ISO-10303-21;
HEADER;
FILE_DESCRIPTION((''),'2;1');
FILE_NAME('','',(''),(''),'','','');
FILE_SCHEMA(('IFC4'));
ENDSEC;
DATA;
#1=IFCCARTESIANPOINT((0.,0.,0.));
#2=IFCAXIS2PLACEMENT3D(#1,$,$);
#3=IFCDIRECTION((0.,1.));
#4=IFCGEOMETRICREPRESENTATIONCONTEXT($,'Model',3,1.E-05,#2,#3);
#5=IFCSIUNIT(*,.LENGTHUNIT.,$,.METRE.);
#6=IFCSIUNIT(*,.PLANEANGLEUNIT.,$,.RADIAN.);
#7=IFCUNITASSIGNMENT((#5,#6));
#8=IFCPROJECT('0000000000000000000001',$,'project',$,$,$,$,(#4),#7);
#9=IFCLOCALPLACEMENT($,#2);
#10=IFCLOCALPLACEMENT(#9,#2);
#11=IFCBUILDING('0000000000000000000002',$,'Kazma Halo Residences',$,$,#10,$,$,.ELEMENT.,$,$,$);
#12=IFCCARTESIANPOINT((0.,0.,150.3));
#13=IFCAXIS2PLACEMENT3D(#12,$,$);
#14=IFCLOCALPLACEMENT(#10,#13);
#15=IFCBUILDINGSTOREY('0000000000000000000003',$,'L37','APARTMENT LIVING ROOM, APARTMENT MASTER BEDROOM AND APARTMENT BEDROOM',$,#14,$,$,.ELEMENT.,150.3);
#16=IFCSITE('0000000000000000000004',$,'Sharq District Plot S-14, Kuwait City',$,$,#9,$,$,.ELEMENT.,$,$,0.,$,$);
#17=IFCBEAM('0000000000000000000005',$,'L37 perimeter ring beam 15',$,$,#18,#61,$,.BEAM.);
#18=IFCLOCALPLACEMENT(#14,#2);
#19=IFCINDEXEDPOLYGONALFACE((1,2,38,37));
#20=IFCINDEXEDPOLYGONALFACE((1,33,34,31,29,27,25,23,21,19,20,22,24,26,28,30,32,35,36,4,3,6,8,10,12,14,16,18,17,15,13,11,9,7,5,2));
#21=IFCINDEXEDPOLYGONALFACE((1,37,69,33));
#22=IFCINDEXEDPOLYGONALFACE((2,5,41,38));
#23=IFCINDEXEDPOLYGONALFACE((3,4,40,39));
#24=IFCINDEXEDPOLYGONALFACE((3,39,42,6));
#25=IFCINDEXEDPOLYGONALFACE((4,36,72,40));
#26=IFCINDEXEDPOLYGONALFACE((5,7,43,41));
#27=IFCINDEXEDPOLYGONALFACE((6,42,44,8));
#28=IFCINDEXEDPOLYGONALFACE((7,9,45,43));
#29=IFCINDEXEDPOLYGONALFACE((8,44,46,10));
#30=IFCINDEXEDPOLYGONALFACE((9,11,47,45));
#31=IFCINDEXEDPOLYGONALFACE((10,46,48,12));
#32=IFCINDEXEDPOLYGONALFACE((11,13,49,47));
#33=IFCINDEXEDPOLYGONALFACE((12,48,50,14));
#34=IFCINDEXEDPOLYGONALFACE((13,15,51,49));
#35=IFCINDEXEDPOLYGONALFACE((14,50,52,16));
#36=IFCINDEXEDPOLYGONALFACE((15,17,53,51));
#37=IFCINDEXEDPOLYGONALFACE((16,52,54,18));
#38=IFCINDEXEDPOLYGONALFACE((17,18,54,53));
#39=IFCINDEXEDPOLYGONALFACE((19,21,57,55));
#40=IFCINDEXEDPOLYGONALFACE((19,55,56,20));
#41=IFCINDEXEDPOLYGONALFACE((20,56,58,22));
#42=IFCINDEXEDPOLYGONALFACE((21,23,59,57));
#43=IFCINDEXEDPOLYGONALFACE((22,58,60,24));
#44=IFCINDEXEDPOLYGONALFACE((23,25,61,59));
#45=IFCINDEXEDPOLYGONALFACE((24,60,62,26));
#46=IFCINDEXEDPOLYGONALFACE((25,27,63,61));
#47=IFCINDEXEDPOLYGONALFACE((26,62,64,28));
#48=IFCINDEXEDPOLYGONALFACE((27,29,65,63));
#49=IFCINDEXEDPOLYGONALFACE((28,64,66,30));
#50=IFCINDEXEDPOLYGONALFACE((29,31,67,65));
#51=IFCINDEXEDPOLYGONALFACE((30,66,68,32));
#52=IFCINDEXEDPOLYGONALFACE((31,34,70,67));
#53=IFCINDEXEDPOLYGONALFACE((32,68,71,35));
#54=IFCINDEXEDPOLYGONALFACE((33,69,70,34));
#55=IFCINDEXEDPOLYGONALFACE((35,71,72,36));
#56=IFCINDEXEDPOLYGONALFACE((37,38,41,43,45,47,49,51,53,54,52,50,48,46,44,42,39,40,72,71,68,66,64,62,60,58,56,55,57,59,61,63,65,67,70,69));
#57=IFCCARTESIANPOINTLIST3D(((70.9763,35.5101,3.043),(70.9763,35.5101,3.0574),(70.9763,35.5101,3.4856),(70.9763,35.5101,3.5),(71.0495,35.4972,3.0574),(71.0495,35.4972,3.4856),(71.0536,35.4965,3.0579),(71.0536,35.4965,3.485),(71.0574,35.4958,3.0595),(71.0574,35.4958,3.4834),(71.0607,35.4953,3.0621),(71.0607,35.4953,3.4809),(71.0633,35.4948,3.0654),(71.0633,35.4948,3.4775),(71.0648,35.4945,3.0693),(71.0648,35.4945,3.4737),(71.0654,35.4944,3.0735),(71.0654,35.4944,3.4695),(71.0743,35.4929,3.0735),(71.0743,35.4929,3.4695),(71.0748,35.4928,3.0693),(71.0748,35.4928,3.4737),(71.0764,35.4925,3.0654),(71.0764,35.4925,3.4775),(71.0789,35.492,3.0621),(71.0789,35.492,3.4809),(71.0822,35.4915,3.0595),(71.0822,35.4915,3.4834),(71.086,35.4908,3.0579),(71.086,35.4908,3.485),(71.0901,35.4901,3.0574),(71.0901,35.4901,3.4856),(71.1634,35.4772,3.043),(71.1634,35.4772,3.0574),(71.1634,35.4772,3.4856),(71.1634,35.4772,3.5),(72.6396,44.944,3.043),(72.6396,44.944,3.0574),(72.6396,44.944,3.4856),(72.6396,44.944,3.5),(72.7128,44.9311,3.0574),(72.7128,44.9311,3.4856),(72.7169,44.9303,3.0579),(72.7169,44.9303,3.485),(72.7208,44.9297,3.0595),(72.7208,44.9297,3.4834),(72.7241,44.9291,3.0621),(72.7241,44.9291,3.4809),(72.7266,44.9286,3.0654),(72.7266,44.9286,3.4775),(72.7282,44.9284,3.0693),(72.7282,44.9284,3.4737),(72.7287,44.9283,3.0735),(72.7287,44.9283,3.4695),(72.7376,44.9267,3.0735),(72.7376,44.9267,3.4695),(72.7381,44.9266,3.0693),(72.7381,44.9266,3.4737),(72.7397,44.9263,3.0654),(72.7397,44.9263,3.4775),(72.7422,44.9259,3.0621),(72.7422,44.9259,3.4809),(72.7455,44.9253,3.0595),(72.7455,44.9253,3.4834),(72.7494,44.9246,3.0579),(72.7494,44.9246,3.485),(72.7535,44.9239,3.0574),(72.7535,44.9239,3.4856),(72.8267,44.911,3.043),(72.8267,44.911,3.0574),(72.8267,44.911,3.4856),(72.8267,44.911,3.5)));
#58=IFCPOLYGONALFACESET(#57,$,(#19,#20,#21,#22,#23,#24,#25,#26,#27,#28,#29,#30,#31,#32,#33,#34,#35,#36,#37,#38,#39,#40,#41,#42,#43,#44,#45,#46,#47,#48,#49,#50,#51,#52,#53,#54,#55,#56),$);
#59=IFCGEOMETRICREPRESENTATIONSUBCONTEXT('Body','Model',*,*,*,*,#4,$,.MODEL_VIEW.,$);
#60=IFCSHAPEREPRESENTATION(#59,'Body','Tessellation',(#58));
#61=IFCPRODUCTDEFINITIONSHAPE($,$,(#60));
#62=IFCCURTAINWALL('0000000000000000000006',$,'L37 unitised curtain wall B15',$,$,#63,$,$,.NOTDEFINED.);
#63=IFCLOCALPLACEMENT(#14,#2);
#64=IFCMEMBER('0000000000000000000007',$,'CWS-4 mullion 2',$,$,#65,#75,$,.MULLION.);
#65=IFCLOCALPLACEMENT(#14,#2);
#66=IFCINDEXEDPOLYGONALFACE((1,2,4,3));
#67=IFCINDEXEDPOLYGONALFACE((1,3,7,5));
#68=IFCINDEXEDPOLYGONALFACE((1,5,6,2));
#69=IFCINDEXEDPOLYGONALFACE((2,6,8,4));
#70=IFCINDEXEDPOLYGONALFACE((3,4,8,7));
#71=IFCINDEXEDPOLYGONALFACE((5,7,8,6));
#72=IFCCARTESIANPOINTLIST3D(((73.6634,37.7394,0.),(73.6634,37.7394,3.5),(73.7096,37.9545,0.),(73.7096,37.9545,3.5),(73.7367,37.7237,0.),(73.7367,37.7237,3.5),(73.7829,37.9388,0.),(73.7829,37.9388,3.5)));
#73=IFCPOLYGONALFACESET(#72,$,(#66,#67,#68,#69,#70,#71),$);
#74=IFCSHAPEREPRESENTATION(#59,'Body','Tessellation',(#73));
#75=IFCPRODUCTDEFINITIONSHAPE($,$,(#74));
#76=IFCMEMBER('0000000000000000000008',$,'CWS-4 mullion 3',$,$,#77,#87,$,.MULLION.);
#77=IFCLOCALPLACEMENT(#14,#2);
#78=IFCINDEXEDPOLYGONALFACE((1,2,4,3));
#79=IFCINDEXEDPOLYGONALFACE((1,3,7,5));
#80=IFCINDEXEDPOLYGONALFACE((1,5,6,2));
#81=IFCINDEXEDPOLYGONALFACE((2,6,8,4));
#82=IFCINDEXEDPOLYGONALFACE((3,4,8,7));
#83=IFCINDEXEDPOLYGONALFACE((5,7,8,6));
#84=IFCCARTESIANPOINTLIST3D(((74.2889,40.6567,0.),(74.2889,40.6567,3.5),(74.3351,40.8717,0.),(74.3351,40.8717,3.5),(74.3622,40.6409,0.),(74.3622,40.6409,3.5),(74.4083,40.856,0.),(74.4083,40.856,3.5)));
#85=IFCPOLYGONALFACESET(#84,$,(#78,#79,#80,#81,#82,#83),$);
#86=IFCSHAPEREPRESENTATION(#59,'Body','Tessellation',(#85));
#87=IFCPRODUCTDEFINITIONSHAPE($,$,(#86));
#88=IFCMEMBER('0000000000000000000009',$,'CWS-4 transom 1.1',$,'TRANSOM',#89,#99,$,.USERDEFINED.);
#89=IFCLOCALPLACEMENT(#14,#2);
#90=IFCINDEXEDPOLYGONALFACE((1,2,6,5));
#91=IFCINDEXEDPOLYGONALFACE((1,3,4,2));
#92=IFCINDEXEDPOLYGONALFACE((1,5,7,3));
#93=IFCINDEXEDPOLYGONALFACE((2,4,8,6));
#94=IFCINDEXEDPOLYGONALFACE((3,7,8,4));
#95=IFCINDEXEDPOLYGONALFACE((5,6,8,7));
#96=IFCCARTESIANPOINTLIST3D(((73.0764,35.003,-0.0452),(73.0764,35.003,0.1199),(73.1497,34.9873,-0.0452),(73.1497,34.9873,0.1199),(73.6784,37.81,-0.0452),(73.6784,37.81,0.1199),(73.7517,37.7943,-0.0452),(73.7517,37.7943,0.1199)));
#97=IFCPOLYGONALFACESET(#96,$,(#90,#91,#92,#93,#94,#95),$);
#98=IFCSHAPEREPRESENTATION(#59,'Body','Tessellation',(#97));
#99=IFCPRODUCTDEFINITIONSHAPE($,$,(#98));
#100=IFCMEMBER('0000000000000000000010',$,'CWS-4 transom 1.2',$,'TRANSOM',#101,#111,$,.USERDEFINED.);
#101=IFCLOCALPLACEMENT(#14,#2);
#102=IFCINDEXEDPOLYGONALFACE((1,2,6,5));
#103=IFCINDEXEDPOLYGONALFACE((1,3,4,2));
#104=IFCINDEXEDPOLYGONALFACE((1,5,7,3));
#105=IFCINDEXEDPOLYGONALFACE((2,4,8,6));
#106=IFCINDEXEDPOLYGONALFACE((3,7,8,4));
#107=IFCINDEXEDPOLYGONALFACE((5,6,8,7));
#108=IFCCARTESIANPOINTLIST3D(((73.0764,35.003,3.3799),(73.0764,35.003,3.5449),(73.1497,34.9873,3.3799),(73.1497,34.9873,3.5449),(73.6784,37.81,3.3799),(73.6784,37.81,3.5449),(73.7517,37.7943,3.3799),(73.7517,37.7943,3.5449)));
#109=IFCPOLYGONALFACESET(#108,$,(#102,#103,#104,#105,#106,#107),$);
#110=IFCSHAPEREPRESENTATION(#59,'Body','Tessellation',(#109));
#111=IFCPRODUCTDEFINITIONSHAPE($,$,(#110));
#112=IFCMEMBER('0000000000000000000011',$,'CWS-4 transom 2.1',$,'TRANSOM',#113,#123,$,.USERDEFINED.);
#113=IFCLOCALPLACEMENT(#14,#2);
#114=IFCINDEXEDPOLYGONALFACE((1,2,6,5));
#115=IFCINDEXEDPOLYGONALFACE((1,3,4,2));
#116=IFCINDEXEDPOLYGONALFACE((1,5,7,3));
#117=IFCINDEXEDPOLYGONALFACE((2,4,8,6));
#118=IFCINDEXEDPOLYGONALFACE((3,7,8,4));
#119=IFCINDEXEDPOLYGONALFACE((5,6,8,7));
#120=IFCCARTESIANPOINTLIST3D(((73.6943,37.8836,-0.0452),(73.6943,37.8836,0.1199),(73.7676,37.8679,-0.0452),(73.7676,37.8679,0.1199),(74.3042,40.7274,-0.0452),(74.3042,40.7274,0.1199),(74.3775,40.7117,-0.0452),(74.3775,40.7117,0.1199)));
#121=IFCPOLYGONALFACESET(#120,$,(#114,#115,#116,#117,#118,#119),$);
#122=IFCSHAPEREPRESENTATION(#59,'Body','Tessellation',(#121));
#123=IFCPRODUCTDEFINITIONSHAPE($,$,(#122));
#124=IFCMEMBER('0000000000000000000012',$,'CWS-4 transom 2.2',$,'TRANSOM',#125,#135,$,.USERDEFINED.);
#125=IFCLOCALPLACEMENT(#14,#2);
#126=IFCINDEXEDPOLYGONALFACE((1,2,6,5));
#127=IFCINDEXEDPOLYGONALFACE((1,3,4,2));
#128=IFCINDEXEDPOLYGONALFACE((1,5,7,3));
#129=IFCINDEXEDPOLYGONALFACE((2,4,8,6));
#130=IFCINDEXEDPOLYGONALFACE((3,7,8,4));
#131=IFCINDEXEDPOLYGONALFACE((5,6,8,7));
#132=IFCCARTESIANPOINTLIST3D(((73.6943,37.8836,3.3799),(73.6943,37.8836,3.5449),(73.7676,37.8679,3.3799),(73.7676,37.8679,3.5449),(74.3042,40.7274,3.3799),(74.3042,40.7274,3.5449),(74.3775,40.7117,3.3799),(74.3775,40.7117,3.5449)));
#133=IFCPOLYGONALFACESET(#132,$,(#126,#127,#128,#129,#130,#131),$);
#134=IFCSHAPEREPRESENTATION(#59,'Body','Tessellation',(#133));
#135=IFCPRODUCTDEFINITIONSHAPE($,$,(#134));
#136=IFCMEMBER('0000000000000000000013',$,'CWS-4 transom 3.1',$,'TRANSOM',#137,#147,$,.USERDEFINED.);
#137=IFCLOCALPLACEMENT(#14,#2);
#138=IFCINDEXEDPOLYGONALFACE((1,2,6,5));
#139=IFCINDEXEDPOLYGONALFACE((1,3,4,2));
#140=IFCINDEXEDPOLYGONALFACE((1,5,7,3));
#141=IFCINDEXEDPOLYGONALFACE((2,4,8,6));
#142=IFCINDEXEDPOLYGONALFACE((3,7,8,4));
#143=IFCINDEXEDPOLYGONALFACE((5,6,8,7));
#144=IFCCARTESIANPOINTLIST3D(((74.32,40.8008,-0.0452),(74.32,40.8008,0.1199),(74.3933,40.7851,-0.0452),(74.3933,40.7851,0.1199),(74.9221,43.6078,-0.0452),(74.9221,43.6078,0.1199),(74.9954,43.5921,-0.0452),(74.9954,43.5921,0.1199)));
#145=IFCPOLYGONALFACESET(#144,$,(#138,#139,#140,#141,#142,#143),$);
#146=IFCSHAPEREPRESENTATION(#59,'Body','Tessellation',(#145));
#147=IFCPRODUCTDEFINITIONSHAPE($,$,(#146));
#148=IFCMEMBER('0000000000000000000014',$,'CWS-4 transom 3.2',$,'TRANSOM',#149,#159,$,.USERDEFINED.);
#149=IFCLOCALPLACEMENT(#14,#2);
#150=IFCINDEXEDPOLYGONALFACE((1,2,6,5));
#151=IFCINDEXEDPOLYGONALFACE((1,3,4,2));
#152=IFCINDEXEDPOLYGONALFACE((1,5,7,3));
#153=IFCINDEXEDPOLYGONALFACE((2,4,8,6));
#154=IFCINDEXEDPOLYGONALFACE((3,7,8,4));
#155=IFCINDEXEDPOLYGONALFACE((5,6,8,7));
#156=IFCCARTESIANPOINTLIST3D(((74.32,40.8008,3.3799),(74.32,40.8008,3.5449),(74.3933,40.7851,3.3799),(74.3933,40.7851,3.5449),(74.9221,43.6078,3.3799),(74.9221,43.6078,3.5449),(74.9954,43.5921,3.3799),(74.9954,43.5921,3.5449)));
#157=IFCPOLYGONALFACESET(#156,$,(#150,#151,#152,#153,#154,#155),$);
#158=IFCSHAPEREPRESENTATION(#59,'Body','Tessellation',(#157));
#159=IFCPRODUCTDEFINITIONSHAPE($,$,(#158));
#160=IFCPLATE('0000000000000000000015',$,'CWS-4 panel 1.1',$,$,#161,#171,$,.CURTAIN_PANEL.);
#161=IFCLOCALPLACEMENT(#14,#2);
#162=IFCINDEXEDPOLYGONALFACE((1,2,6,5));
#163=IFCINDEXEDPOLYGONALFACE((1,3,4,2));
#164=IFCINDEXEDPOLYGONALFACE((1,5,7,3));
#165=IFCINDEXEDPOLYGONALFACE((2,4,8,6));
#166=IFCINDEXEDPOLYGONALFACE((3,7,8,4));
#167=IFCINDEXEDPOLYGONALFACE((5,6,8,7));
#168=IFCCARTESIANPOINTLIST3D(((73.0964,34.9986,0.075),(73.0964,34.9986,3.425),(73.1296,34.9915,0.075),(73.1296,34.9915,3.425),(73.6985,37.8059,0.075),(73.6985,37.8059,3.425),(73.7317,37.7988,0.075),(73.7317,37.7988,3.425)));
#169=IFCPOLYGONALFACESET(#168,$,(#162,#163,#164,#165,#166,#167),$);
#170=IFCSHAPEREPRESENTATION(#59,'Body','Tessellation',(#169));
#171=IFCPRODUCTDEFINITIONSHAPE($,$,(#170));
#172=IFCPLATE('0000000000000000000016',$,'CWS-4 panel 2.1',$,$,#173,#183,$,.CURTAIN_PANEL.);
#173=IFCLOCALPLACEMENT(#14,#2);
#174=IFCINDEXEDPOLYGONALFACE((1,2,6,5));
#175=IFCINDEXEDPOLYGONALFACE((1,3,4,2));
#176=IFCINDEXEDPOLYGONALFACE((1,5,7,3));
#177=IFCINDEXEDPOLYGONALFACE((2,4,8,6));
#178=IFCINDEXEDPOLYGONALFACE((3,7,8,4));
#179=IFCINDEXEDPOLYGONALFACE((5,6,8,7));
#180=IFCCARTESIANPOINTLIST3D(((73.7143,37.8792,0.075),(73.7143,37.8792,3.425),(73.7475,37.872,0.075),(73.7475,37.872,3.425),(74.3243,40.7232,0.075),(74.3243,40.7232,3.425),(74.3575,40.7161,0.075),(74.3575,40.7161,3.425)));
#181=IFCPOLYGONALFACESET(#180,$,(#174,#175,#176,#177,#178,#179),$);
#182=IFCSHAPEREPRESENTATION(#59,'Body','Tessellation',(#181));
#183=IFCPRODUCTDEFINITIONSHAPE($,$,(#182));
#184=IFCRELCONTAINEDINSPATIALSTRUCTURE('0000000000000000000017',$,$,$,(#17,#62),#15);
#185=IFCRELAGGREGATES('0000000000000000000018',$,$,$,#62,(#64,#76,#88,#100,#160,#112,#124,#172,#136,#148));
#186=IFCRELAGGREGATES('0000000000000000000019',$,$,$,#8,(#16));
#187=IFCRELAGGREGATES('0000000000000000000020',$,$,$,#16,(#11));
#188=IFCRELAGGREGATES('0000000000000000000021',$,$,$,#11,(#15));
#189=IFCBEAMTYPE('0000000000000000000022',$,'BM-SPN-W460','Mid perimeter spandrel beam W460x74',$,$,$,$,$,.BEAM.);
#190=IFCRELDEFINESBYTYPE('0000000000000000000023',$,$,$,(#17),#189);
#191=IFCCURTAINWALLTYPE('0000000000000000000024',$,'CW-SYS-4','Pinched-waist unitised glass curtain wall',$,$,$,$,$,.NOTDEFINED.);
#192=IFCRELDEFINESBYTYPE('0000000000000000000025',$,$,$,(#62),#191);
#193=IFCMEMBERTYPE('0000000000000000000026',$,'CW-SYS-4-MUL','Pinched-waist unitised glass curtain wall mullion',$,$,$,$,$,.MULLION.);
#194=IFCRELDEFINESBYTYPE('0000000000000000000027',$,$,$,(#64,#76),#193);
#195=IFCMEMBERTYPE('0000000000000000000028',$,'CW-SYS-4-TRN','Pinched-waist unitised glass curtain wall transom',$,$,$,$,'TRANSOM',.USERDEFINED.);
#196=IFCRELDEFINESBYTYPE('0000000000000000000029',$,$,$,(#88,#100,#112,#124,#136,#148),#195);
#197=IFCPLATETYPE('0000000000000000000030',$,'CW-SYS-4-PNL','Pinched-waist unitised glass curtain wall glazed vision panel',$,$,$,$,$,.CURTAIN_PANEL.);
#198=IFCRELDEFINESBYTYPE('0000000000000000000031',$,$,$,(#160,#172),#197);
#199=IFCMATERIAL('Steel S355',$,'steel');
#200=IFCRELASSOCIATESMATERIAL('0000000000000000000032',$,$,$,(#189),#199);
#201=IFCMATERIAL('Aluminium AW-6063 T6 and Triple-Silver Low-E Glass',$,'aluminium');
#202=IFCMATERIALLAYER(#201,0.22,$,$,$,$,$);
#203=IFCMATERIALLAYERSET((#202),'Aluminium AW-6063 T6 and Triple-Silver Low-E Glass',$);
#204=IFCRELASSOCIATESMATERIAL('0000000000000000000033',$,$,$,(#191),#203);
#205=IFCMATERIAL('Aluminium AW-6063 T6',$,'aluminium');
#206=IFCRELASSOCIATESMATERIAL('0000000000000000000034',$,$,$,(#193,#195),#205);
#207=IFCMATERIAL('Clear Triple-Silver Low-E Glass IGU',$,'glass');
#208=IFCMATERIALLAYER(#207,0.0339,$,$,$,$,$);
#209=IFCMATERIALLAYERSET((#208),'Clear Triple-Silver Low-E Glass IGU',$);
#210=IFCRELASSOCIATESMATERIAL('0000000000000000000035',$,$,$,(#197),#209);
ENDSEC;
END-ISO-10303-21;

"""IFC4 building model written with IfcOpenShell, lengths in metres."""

from ifc_helpers import new_model, si_unit, direction, frame, origin, origin_2d, place, context, subcontext, project, spatial, rectangle, i_section, extrude, material, layer, layer_set, material_profile, profile_set, type_object, element, aggregate, save


model = new_model("IFC4")

# Units and contexts
model_context = context("Model", 3, precision=1e-05, world=origin(), true_north=direction((0.0, 1.0)))
body_context = subcontext(model_context, "Body", "Model", "MODEL_VIEW")
ifc_project = project(units=[si_unit("LENGTHUNIT", "METRE"), si_unit("PLANEANGLEUNIT", "RADIAN")], contexts=[model_context])

# Site, building, storey
site_placement = place(None, origin())
site = spatial("IfcSite", under=ifc_project, at=site_placement, Name="Sharq District Plot S-14, Kuwait City", CompositionType="ELEMENT", RefElevation=0.0)
building_placement = place(site_placement, origin())
building = spatial("IfcBuilding", under=site, at=building_placement, Name="Kazma Halo Residences", CompositionType="ELEMENT")
storey_placement = place(building_placement, frame((0.0, 0.0, 150.3)))
storey = spatial("IfcBuildingStorey", under=building, at=storey_placement, Name="L37", Description="APARTMENT LIVING ROOM, APARTMENT MASTER BEDROOM AND APARTMENT BEDROOM", CompositionType="ELEMENT", Elevation=150.3)

# Beam
ifc_material_1 = material(Name="Steel S355", Category="steel")
ifc_material_profile_1 = material_profile(ifc_material_1, i_section(OverallWidth=0.1899, OverallDepth=0.457, WebThickness=0.009, FlangeThickness=0.0144, FilletRadius=0.0161, at=origin_2d()), Name="W460x74")
ifc_profile_set_1 = profile_set([ifc_material_profile_1], Name="Steel S355")
beam_type_1 = type_object("IfcBeamType", Name="BM-SPN-W460", Description="Mid perimeter spandrel beam W460x74", PredefinedType="BEAM", material=ifc_profile_set_1)
beam_1_placement = place(storey_placement, frame((71.0698, 35.4937, 3.2715), z_axis=(0.173637, 0.98481, 0.0), x_axis=(-0.98481, 0.173637, 0.0)))
element("IfcBeam", 1, at=beam_1_placement, inside=storey, type_object=beam_type_1, Name="L37 perimeter ring beam 15", PredefinedType="BEAM", context=body_context, shape_type="SweptSolid", body=[
    extrude(i_section(OverallWidth=0.1899, OverallDepth=0.457, WebThickness=0.009, FlangeThickness=0.0144, FilletRadius=0.0161, at=origin_2d()), origin(), (0.0, 0.0, 1.0), 9.5793),
])

# Curtain wall, members, plates
ifc_material_2 = material(Name="Aluminium AW-6063 T6 and Triple-Silver Low-E Glass", Category="aluminium")
ifc_layer_1 = layer(ifc_material_2, 0.22)
ifc_layer_set_1 = layer_set([ifc_layer_1], Name="Aluminium AW-6063 T6 and Triple-Silver Low-E Glass")
curtain_wall_type = type_object("IfcCurtainWallType", Name="CW-SYS-4", Description="Pinched-waist unitised glass curtain wall", PredefinedType="NOTDEFINED", material=ifc_layer_set_1)
curtain_wall_placement = place(storey_placement, origin())
curtain_wall = element("IfcCurtainWall", 2, at=curtain_wall_placement, inside=storey, type_object=curtain_wall_type, Name="L37 unitised curtain wall B15", PredefinedType="NOTDEFINED")
ifc_material_3 = material(Name="Aluminium AW-6063 T6", Category="aluminium")
ifc_material_profile_2 = material_profile(ifc_material_3, rectangle(XDim=0.075, YDim=0.22, at=origin_2d()), Name="CWM-75x220")
ifc_profile_set_2 = profile_set([ifc_material_profile_2], Name="Aluminium AW-6063 T6")
member_type_1 = type_object("IfcMemberType", Name="CW-SYS-4-MUL", Description="Pinched-waist unitised glass curtain wall mullion", PredefinedType="MULLION", material=ifc_profile_set_2)
member_1_placement = place(storey_placement, frame((73.7231, 37.8391, 0.0), z_axis=(0.0, 0.0, 1.0), x_axis=(-0.977765, 0.209704, 0.0)))
member_1 = element("IfcMember", 3, at=member_1_placement, type_object=member_type_1, Name="CWS-4 mullion 2", PredefinedType="MULLION", context=body_context, shape_type="SweptSolid", body=[
    extrude(rectangle(XDim=0.075, YDim=0.22, at=origin_2d()), origin(), (0.0, 0.0, 1.0), 3.5),
])
member_2_placement = place(storey_placement, frame((74.3486, 40.7563, 0.0), z_axis=(0.0, 0.0, 1.0), x_axis=(-0.977765, 0.209704, 0.0)))
member_2 = element("IfcMember", 4, at=member_2_placement, type_object=member_type_1, Name="CWS-4 mullion 3", PredefinedType="MULLION", context=body_context, shape_type="SweptSolid", body=[
    extrude(rectangle(XDim=0.075, YDim=0.22, at=origin_2d()), origin(), (0.0, 0.0, 1.0), 3.5),
])
ifc_material_profile_3 = material_profile(ifc_material_3, rectangle(XDim=0.075, YDim=0.165, at=origin_2d()), Name="CWT-75x165")
ifc_profile_set_3 = profile_set([ifc_material_profile_3], Name="Aluminium AW-6063 T6")
member_type_2 = type_object("IfcMemberType", Name="CW-SYS-4-TRN", Description="Pinched-waist unitised glass curtain wall transom", ElementType="TRANSOM", PredefinedType="USERDEFINED", material=ifc_profile_set_3)
member_3_placement = place(storey_placement, frame((73.113, 34.9951, 0.0374), z_axis=(0.209703, 0.977765, 0.0), x_axis=(-0.977765, 0.209703, 0.0)))
member_3 = element("IfcMember", 5, at=member_3_placement, type_object=member_type_2, Name="CWS-4 transom 1.1", ObjectType="TRANSOM", PredefinedType="USERDEFINED", context=body_context, shape_type="SweptSolid", body=[
    extrude(rectangle(XDim=0.075, YDim=0.165, at=origin_2d()), origin(), (0.0, 0.0, 1.0), 2.8708),
])
member_4_placement = place(storey_placement, frame((73.113, 34.9951, 3.4624), z_axis=(0.209703, 0.977765, 0.0), x_axis=(-0.977765, 0.209703, 0.0)))
member_4 = element("IfcMember", 6, at=member_4_placement, type_object=member_type_2, Name="CWS-4 transom 1.2", ObjectType="TRANSOM", PredefinedType="USERDEFINED", context=body_context, shape_type="SweptSolid", body=[
    extrude(rectangle(XDim=0.075, YDim=0.165, at=origin_2d()), origin(), (0.0, 0.0, 1.0), 2.8708),
])
member_5_placement = place(storey_placement, frame((73.731, 37.8757, 0.0374), z_axis=(0.20969, 0.977768, 0.0), x_axis=(-0.977768, 0.20969, 0.0)))
member_5 = element("IfcMember", 7, at=member_5_placement, type_object=member_type_2, Name="CWS-4 transom 2.1", ObjectType="TRANSOM", PredefinedType="USERDEFINED", context=body_context, shape_type="SweptSolid", body=[
    extrude(rectangle(XDim=0.075, YDim=0.165, at=origin_2d()), origin(), (0.0, 0.0, 1.0), 2.9084),
])
member_6_placement = place(storey_placement, frame((73.731, 37.8757, 3.4624), z_axis=(0.20969, 0.977768, 0.0), x_axis=(-0.977768, 0.20969, 0.0)))
member_6 = element("IfcMember", 8, at=member_6_placement, type_object=member_type_2, Name="CWS-4 transom 2.2", ObjectType="TRANSOM", PredefinedType="USERDEFINED", context=body_context, shape_type="SweptSolid", body=[
    extrude(rectangle(XDim=0.075, YDim=0.165, at=origin_2d()), origin(), (0.0, 0.0, 1.0), 2.9084),
])
member_7_placement = place(storey_placement, frame((74.3567, 40.793, 0.0374), z_axis=(0.209703, 0.977765, 0.0), x_axis=(-0.977765, 0.209703, 0.0)))
member_7 = element("IfcMember", 9, at=member_7_placement, type_object=member_type_2, Name="CWS-4 transom 3.1", ObjectType="TRANSOM", PredefinedType="USERDEFINED", context=body_context, shape_type="SweptSolid", body=[
    extrude(rectangle(XDim=0.075, YDim=0.165, at=origin_2d()), origin(), (0.0, 0.0, 1.0), 2.8708),
])
member_8_placement = place(storey_placement, frame((74.3567, 40.793, 3.4624), z_axis=(0.209703, 0.977765, 0.0), x_axis=(-0.977765, 0.209703, 0.0)))
member_8 = element("IfcMember", 10, at=member_8_placement, type_object=member_type_2, Name="CWS-4 transom 3.2", ObjectType="TRANSOM", PredefinedType="USERDEFINED", context=body_context, shape_type="SweptSolid", body=[
    extrude(rectangle(XDim=0.075, YDim=0.165, at=origin_2d()), origin(), (0.0, 0.0, 1.0), 2.8708),
])
ifc_material_4 = material(Name="Clear Triple-Silver Low-E Glass IGU", Category="glass")
ifc_layer_2 = layer(ifc_material_4, 0.0339)
ifc_layer_set_2 = layer_set([ifc_layer_2], Name="Clear Triple-Silver Low-E Glass IGU")
plate_type = type_object("IfcPlateType", Name="CW-SYS-4-PNL", Description="Pinched-waist unitised glass curtain wall glazed vision panel", PredefinedType="CURTAIN_PANEL", material=ifc_layer_set_2)
plate_1_placement = place(storey_placement, frame((73.4141, 36.3987, 0.075), z_axis=(0.0, 0.0, 1.0), x_axis=(0.209704, 0.977765, 0.0)))
plate_1 = element("IfcPlate", 11, at=plate_1_placement, type_object=plate_type, Name="CWS-4 panel 1.1", PredefinedType="CURTAIN_PANEL", context=body_context, shape_type="SweptSolid", body=[
    extrude(rectangle(XDim=2.8711, YDim=0.0339, at=origin_2d()), origin(), (0.0, 0.0, 1.0), 3.3501),
])
plate_2_placement = place(storey_placement, frame((74.0359, 39.2976, 0.075), z_axis=(0.0, 0.0, 1.0), x_axis=(0.209704, 0.977765, 0.0)))
plate_2 = element("IfcPlate", 12, at=plate_2_placement, type_object=plate_type, Name="CWS-4 panel 2.1", PredefinedType="CURTAIN_PANEL", context=body_context, shape_type="SweptSolid", body=[
    extrude(rectangle(XDim=2.9087, YDim=0.0339, at=origin_2d()), origin(), (0.0, 0.0, 1.0), 3.3501),
])
aggregate(curtain_wall, [member_1, member_2, member_3, member_4, plate_1, member_5, member_6, plate_2, member_7, member_8])

save(model, "model.ifc")
